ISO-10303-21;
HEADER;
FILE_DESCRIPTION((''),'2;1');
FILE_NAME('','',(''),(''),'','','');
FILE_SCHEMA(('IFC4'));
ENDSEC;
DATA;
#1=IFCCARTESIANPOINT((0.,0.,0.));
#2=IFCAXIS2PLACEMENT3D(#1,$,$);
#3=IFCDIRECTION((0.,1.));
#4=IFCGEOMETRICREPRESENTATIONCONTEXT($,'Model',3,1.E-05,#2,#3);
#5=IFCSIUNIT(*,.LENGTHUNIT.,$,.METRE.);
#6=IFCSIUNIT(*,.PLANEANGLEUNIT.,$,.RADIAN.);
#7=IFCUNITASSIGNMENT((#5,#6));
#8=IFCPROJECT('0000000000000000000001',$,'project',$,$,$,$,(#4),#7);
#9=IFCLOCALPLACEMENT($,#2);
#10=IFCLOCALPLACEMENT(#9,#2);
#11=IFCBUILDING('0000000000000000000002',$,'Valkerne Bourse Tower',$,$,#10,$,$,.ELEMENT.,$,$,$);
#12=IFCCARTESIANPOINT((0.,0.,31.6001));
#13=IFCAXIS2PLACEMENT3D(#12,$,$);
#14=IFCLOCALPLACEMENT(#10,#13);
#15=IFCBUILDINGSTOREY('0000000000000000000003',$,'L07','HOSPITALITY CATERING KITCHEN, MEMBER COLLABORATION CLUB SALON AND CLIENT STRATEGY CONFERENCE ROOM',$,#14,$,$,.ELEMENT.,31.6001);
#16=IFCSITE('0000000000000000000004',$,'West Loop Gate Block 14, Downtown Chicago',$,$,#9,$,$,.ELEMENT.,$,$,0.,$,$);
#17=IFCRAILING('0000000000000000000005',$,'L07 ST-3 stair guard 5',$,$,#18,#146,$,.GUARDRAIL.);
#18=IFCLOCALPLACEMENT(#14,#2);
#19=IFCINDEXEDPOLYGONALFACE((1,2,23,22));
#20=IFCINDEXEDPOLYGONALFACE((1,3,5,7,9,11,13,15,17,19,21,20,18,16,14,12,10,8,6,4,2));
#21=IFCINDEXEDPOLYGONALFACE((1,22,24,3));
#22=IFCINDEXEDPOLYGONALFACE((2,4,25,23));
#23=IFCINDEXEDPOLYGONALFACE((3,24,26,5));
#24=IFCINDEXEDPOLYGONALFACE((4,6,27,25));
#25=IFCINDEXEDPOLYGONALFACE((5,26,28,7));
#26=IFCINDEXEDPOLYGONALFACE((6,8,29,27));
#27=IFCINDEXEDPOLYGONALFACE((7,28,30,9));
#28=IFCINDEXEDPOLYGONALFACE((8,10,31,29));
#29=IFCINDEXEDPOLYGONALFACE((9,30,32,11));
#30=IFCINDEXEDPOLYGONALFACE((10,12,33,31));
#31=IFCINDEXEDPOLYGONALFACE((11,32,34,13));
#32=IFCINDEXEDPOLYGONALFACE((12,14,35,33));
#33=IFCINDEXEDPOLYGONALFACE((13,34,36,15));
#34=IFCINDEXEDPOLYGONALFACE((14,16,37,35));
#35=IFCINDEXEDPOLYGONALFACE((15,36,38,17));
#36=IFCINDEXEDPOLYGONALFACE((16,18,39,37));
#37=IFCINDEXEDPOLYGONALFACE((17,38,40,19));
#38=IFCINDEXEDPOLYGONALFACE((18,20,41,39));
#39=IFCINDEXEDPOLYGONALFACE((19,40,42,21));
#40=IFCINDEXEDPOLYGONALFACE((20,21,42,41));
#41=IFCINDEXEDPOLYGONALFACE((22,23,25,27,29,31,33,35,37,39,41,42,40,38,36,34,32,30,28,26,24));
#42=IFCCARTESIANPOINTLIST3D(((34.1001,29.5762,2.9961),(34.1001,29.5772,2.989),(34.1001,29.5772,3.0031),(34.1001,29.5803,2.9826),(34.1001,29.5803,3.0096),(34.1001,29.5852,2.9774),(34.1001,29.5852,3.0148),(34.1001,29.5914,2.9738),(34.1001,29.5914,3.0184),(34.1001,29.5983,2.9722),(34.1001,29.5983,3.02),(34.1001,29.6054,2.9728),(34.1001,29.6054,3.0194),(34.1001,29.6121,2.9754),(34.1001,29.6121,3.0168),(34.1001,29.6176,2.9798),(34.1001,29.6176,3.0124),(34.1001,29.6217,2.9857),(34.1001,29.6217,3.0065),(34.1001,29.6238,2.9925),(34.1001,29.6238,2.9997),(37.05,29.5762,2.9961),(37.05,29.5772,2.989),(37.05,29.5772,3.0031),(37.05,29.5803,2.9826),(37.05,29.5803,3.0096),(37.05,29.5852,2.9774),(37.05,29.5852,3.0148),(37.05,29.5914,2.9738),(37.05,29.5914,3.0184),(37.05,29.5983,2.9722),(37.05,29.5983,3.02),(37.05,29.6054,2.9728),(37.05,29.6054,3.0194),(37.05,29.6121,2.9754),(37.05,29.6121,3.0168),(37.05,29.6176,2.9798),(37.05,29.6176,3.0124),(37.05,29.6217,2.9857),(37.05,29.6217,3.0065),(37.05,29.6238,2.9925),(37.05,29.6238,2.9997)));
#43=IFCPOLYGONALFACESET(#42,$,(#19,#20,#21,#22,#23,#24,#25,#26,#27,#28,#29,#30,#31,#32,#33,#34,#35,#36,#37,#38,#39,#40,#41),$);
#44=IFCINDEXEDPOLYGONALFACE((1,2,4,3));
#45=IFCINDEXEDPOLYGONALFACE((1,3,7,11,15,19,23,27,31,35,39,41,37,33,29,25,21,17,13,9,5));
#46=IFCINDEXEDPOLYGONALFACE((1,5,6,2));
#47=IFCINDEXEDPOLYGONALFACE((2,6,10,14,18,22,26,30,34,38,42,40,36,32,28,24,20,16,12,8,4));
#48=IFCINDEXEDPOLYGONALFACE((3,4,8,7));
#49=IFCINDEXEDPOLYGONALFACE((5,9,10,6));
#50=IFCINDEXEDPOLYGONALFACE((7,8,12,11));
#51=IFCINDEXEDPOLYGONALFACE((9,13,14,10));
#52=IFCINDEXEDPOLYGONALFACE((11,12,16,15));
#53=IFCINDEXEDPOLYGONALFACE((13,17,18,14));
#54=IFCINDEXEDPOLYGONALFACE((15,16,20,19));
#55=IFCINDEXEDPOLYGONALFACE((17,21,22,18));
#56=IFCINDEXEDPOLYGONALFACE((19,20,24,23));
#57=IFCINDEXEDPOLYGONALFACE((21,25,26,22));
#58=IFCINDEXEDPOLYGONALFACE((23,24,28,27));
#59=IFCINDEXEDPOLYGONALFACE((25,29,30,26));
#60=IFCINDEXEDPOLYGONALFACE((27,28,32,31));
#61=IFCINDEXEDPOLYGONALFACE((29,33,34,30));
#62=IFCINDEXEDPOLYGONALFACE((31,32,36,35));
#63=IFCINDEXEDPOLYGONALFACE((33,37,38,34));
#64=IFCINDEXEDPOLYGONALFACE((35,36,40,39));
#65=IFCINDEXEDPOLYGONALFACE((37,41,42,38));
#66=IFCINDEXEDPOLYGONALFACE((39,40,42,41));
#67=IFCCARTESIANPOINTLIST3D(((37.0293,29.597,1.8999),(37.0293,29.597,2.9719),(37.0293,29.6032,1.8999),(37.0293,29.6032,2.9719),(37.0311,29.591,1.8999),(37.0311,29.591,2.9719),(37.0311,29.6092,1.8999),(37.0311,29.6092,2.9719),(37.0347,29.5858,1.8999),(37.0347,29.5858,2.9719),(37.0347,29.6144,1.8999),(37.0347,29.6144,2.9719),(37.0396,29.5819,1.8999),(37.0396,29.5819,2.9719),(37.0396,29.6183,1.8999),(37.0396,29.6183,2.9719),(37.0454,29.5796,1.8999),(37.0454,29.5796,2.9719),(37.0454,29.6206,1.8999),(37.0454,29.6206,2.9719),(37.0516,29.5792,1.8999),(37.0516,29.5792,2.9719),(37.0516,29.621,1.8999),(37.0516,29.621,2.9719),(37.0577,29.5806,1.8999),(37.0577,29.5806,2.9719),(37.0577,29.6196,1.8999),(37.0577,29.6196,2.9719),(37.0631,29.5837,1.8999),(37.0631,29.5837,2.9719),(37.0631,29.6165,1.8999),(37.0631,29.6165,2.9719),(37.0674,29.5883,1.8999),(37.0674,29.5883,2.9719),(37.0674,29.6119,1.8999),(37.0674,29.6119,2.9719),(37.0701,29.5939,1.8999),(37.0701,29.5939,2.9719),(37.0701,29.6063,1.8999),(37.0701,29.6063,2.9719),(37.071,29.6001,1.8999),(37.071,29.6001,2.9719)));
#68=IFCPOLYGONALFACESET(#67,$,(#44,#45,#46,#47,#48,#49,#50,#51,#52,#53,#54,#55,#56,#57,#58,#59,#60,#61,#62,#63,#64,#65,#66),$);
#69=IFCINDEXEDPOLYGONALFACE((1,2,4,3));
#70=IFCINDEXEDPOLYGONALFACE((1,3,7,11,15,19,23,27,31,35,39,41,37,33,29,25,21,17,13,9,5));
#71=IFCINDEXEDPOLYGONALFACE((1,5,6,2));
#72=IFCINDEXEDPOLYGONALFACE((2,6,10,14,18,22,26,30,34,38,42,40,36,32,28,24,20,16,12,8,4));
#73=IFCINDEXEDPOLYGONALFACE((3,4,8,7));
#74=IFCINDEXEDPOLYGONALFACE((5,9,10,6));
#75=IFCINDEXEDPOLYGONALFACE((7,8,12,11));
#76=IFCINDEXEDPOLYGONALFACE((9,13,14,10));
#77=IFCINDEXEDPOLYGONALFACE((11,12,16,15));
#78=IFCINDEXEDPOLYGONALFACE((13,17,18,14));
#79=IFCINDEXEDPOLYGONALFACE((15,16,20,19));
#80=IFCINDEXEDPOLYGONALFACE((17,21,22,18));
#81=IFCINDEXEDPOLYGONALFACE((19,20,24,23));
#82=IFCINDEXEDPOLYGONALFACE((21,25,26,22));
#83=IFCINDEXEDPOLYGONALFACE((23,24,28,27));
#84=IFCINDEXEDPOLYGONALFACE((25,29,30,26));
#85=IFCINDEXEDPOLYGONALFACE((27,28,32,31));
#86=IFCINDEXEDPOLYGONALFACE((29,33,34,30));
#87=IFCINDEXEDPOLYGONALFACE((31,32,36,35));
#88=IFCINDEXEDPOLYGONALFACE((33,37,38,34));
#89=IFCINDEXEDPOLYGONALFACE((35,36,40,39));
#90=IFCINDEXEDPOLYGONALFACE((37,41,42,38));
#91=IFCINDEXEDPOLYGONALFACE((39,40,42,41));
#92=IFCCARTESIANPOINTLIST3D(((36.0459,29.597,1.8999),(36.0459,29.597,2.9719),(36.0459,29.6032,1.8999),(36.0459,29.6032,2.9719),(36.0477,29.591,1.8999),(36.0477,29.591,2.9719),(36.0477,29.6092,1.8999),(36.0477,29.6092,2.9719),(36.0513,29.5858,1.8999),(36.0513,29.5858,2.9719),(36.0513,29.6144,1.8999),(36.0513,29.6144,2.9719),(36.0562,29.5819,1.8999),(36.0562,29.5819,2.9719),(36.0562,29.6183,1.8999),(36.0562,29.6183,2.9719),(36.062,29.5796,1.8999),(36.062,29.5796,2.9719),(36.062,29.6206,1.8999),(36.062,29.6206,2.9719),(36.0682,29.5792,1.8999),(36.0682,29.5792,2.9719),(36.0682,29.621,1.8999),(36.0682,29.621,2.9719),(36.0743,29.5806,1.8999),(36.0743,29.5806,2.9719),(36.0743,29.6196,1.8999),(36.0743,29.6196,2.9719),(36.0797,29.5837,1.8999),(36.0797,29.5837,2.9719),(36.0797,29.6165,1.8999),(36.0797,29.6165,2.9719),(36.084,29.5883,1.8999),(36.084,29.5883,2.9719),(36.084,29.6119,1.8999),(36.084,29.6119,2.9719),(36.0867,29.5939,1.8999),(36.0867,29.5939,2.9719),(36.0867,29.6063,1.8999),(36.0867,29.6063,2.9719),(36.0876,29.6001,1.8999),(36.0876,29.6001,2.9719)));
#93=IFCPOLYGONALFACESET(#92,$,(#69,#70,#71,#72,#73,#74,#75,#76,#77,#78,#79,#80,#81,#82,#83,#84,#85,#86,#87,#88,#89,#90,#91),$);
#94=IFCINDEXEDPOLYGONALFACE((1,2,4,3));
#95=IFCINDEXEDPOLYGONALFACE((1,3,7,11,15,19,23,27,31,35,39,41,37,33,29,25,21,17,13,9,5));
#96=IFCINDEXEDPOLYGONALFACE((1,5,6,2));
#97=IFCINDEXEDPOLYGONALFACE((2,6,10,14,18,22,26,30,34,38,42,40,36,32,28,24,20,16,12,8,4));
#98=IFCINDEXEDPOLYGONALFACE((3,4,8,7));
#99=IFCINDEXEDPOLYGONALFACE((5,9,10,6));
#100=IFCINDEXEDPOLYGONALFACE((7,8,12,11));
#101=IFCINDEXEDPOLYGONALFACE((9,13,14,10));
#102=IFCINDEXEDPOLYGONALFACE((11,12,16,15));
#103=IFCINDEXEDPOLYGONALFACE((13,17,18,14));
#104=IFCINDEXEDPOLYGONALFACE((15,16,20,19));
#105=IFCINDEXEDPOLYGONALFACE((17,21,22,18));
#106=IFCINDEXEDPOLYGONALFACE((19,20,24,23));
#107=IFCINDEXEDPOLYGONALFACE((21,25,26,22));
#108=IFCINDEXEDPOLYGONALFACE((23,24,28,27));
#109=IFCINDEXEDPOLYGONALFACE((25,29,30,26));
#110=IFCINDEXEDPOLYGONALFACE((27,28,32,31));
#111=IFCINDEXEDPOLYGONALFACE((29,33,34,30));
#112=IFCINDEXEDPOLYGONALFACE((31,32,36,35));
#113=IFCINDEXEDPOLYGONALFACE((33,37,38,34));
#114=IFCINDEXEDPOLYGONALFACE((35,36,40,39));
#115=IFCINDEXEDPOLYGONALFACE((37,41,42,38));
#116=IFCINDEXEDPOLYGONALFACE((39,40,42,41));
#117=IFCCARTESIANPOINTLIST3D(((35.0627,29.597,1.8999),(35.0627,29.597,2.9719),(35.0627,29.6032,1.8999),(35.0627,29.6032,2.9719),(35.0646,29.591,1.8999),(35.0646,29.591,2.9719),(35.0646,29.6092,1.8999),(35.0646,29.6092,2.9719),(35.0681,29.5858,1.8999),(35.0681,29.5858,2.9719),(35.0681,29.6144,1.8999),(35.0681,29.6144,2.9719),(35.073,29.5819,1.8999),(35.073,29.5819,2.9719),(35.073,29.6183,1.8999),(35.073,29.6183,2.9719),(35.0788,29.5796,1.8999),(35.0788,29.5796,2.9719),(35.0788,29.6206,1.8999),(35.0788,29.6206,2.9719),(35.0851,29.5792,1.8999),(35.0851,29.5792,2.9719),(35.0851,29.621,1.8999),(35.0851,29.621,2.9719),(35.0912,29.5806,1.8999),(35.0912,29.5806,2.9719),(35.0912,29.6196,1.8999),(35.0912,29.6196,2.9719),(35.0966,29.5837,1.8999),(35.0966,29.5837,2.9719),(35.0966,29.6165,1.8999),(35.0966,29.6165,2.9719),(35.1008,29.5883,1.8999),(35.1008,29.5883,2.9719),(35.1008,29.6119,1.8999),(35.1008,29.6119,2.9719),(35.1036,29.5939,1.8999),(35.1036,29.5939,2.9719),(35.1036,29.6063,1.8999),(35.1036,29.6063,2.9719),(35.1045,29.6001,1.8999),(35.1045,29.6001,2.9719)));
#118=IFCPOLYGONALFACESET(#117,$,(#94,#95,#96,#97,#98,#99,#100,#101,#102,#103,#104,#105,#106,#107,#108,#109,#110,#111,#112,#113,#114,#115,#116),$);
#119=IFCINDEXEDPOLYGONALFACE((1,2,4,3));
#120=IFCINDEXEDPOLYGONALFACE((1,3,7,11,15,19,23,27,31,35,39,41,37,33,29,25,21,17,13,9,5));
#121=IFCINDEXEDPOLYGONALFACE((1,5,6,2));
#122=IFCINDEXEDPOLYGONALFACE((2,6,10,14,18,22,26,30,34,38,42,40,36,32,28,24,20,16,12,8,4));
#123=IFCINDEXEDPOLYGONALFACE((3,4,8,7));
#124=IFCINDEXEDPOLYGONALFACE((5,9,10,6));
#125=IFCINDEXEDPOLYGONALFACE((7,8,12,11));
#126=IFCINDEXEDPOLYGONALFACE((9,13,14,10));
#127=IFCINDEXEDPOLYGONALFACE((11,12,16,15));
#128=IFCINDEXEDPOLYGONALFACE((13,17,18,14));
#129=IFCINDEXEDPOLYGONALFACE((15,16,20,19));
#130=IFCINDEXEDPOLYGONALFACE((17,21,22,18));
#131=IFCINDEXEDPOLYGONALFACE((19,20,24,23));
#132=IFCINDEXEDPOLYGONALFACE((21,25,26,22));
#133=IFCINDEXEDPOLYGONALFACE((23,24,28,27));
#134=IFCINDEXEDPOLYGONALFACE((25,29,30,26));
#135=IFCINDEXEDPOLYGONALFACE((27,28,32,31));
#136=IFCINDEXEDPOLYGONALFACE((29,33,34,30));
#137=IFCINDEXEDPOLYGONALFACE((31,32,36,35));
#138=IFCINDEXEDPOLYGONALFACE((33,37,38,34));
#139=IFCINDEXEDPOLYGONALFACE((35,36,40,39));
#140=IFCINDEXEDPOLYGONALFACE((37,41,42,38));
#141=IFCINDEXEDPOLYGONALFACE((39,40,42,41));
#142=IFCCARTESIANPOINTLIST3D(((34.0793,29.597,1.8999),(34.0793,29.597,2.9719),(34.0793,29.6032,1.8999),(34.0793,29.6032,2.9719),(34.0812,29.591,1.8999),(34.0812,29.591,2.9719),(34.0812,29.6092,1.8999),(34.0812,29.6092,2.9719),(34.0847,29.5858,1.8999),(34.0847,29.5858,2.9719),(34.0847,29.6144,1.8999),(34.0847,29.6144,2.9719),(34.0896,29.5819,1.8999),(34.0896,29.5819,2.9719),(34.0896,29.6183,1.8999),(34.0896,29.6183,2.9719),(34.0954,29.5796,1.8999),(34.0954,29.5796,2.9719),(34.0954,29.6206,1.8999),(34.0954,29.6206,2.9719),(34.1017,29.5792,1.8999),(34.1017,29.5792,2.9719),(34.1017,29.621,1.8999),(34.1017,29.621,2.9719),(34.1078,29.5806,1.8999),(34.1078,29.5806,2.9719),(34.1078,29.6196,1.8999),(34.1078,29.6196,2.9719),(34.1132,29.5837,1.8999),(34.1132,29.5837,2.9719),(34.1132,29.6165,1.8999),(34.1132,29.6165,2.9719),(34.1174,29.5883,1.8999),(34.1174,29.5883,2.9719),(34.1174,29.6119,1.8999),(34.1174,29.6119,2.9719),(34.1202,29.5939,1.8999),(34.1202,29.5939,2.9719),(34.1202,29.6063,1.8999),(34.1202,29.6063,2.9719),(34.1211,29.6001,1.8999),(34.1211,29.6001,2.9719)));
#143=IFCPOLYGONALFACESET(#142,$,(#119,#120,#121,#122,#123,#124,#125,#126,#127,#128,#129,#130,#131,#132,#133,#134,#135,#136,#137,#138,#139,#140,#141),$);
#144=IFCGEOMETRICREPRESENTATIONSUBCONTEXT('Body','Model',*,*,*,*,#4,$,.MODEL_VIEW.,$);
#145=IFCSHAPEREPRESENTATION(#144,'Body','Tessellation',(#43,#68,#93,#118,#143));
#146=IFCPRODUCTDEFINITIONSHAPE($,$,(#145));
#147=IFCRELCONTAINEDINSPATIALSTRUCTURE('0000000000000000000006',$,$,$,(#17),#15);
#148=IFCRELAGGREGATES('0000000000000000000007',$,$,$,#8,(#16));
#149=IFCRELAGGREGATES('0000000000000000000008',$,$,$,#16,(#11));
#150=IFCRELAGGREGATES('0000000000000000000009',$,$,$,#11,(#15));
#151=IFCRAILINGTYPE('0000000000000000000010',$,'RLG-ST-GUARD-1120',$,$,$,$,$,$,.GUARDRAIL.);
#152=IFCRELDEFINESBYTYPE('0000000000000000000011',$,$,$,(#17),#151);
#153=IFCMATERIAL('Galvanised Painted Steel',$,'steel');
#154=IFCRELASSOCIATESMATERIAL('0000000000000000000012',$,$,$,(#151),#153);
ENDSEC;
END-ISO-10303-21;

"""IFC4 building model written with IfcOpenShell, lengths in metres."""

from ifc_helpers import new_model, si_unit, direction, frame, origin, origin_2d, place, context, subcontext, project, spatial, circle, extrude, material, type_object, element, save


model = new_model("IFC4")

# Units and contexts
model_context = context("Model", 3, precision=1e-05, world=origin(), true_north=direction((0.0, 1.0)))
body_context = subcontext(model_context, "Body", "Model", "MODEL_VIEW")
ifc_project = project(units=[si_unit("LENGTHUNIT", "METRE"), si_unit("PLANEANGLEUNIT", "RADIAN")], contexts=[model_context])

# Site, building, storey
site_placement = place(None, origin())
site = spatial("IfcSite", under=ifc_project, at=site_placement, Name="West Loop Gate Block 14, Downtown Chicago", CompositionType="ELEMENT", RefElevation=0.0)
building_placement = place(site_placement, origin())
building = spatial("IfcBuilding", under=site, at=building_placement, Name="Valkerne Bourse Tower", CompositionType="ELEMENT")
storey_placement = place(building_placement, frame((0.0, 0.0, 31.6001)))
storey = spatial("IfcBuildingStorey", under=building, at=storey_placement, Name="L07", Description="HOSPITALITY CATERING KITCHEN, MEMBER COLLABORATION CLUB SALON AND CLIENT STRATEGY CONFERENCE ROOM", CompositionType="ELEMENT", Elevation=31.6001)

# Railing
ifc_material_1 = material(Name="Galvanised Painted Steel", Category="steel")
railing_type_1 = type_object("IfcRailingType", Name="RLG-ST-GUARD-1120", PredefinedType="GUARDRAIL", material=ifc_material_1)
railing_1_placement = place(storey_placement, frame((37.05, 29.6001, 1.8999)))
element("IfcRailing", 1, at=railing_1_placement, inside=storey, type_object=railing_type_1, Name="L07 ST-3 stair guard 5", PredefinedType="GUARDRAIL", context=body_context, shape_type="SweptSolid", body=[
    extrude(circle(Radius=0.0239, at=origin_2d()), frame((0.0, 0.0, 1.0962), z_axis=(-1.0, 0.0, 0.0), x_axis=(0.0, -1.0, 0.0)), (0.0, 0.0, 1.0), 2.95),
    extrude(circle(Radius=0.021, at=origin_2d()), origin(), (0.0, 0.0, 1.0), 1.072),
    extrude(circle(Radius=0.021, at=origin_2d()), frame((-0.9834, 0.0, 0.0)), (0.0, 0.0, 1.0), 1.072),
    extrude(circle(Radius=0.021, at=origin_2d()), frame((-1.9666, 0.0, 0.0)), (0.0, 0.0, 1.0), 1.072),
    extrude(circle(Radius=0.021, at=origin_2d()), frame((-2.95, 0.0, 0.0)), (0.0, 0.0, 1.0), 1.072),
])

save(model, "model.ifc")
